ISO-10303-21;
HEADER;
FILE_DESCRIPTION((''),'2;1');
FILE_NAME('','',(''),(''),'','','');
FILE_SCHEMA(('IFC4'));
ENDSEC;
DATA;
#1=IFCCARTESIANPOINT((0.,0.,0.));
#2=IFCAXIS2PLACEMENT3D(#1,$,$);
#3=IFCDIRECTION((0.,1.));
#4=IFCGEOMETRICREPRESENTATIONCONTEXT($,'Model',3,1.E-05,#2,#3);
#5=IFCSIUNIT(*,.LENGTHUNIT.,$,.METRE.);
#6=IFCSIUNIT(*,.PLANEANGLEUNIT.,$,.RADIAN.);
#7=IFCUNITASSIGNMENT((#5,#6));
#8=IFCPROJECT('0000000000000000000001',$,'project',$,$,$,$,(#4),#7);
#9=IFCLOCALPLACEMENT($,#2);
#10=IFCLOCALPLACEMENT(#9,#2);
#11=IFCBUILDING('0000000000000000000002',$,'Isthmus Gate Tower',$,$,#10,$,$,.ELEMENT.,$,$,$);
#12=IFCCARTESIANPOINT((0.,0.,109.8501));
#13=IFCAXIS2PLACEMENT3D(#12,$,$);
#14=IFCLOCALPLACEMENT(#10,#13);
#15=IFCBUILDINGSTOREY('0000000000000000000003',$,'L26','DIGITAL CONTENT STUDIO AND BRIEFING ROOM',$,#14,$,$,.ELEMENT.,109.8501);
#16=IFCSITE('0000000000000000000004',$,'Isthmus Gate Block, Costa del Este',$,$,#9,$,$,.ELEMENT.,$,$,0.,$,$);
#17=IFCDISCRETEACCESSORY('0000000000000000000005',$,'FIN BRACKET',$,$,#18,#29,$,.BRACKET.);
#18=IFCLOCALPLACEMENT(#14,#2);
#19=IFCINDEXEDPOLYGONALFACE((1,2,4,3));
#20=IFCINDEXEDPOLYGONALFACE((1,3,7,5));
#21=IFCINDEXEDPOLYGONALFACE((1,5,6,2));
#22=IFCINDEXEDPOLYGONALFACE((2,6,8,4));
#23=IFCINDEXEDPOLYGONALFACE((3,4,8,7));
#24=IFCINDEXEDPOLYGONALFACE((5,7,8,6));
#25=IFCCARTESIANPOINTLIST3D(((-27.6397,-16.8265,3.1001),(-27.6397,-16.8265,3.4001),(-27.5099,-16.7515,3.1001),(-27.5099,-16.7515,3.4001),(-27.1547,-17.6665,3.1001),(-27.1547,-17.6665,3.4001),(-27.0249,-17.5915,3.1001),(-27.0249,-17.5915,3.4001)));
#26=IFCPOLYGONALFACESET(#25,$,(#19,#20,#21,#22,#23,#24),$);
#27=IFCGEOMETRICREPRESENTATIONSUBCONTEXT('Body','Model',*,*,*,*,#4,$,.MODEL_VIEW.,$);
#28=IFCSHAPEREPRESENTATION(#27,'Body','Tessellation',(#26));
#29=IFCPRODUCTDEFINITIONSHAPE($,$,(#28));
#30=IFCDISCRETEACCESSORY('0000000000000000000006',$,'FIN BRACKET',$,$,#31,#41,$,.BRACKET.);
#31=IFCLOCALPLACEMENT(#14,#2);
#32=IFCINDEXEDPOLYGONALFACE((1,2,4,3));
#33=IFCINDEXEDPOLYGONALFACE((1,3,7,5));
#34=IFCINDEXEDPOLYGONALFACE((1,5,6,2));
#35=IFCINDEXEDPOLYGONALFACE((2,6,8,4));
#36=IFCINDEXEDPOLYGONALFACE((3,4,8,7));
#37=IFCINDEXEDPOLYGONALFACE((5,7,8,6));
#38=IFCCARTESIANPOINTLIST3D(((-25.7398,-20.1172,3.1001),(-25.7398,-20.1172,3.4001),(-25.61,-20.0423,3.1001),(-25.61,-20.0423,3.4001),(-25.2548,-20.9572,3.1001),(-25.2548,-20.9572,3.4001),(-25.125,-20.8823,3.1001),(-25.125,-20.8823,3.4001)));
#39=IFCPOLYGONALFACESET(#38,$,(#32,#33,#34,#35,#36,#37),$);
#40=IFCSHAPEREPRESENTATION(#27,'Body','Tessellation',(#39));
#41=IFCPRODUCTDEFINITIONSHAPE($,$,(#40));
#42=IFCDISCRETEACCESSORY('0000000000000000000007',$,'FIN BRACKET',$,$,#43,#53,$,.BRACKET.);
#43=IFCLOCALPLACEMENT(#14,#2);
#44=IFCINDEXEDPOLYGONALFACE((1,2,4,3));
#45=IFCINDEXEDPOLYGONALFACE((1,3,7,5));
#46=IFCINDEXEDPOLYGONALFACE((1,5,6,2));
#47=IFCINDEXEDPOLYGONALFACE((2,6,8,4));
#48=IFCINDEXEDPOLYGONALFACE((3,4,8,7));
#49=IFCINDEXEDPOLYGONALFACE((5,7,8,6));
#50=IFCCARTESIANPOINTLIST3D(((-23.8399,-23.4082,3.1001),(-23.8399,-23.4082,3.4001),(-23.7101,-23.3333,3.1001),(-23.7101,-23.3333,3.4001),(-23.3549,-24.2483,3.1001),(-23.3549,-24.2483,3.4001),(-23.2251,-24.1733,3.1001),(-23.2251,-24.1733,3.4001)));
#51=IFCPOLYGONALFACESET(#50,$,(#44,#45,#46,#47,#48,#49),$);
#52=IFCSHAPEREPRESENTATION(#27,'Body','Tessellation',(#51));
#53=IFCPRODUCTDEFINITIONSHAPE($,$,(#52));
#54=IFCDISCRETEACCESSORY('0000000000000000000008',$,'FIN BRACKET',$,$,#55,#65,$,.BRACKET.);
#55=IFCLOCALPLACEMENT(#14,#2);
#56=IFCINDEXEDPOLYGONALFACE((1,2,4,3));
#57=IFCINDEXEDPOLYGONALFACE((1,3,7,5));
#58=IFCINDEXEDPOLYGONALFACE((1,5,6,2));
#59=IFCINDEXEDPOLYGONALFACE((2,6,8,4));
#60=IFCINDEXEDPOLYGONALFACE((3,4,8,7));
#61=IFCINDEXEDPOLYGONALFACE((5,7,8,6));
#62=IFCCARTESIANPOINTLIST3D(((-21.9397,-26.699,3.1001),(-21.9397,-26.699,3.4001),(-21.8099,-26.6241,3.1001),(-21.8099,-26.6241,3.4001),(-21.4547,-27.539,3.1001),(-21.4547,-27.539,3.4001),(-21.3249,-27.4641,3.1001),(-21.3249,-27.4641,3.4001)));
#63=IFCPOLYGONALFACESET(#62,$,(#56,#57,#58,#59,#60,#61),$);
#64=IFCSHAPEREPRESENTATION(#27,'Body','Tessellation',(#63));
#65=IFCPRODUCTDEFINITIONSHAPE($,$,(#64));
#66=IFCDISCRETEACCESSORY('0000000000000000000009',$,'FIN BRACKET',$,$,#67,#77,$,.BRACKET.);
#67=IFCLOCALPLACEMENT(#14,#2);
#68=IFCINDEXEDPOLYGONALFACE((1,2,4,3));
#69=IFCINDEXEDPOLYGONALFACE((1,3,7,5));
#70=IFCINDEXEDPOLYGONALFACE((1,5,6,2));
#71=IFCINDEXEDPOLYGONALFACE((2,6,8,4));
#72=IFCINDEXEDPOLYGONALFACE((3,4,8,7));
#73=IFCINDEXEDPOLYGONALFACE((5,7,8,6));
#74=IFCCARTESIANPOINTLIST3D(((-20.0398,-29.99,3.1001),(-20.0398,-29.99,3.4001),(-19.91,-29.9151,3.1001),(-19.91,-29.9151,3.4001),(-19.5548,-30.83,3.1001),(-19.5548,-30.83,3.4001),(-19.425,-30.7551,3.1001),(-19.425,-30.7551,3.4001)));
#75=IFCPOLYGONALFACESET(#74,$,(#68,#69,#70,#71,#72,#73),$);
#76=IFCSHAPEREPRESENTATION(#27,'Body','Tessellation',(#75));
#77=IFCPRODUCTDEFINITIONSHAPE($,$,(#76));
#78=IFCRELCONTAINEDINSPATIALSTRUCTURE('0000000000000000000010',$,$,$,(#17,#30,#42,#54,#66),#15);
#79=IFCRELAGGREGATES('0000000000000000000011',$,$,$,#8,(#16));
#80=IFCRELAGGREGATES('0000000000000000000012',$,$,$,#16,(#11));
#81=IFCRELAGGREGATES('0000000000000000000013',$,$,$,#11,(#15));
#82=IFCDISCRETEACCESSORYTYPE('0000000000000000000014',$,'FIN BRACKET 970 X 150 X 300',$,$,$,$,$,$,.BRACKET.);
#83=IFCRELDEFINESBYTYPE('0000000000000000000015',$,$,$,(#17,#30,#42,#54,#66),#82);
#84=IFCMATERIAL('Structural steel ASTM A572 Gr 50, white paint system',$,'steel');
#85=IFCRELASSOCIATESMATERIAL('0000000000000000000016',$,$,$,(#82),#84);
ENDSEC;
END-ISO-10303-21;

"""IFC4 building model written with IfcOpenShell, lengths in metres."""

from ifc_helpers import new_model, si_unit, direction, frame, origin, origin_2d, place, context, subcontext, project, spatial, rectangle, extrude, material, type_object, element, save


model = new_model("IFC4")

# Units and contexts
model_context = context("Model", 3, precision=1e-05, world=origin(), true_north=direction((0.0, 1.0)))
body_context = subcontext(model_context, "Body", "Model", "MODEL_VIEW")
ifc_project = project(units=[si_unit("LENGTHUNIT", "METRE"), si_unit("PLANEANGLEUNIT", "RADIAN")], contexts=[model_context])

# Site, building, storey
site_placement = place(None, origin())
site = spatial("IfcSite", under=ifc_project, at=site_placement, Name="Isthmus Gate Block, Costa del Este", CompositionType="ELEMENT", RefElevation=0.0)
building_placement = place(site_placement, origin())
building = spatial("IfcBuilding", under=site, at=building_placement, Name="Isthmus Gate Tower", CompositionType="ELEMENT")
storey_placement = place(building_placement, frame((0.0, 0.0, 109.8501)))
storey = spatial("IfcBuildingStorey", under=building, at=storey_placement, Name="L26", Description="DIGITAL CONTENT STUDIO AND BRIEFING ROOM", CompositionType="ELEMENT", Elevation=109.8501)

# Discrete accessories
ifc_material_1 = material(Name="Structural steel ASTM A572 Gr 50, white paint system", Category="steel")
discrete_accessory_type = type_object("IfcDiscreteAccessoryType", Name="FIN BRACKET 970 X 150 X 300", PredefinedType="BRACKET", material=ifc_material_1)
for number, where, z_axis, x_axis, name in (
    (1, (-27.3323, -17.209, 3.1001), (0.0, 0.0, 1.0), (-0.866025, -0.5, 0.0), "FIN BRACKET"),
    (2, (-25.4324, -20.4998, 3.1001), (0.0, 0.0, 1.0), (-0.866025, -0.5, 0.0), "FIN BRACKET"),
    (3, (-23.5325, -23.7908, 3.1001), (0.0, 0.0, 1.0), (-0.866025, -0.5, 0.0), "FIN BRACKET"),
    (4, (-21.6323, -27.0815, 3.1001), (0.0, 0.0, 1.0), (-0.866025, -0.5, 0.0), "FIN BRACKET"),
    (5, (-19.7324, -30.3726, 3.1001), (0.0, 0.0, 1.0), (-0.866025, -0.5, 0.0), "FIN BRACKET"),
):
    element("IfcDiscreteAccessory", number, at=place(storey_placement, frame(where, z_axis=z_axis, x_axis=x_axis)), inside=storey, type_object=discrete_accessory_type, Name=name, PredefinedType="BRACKET", context=body_context, shape_type="SweptSolid", body=[
        extrude(rectangle(XDim=0.1499, YDim=0.97, at=origin_2d()), origin(), (0.0, 0.0, 1.0), 0.3),
    ])

save(model, "model.ifc")
